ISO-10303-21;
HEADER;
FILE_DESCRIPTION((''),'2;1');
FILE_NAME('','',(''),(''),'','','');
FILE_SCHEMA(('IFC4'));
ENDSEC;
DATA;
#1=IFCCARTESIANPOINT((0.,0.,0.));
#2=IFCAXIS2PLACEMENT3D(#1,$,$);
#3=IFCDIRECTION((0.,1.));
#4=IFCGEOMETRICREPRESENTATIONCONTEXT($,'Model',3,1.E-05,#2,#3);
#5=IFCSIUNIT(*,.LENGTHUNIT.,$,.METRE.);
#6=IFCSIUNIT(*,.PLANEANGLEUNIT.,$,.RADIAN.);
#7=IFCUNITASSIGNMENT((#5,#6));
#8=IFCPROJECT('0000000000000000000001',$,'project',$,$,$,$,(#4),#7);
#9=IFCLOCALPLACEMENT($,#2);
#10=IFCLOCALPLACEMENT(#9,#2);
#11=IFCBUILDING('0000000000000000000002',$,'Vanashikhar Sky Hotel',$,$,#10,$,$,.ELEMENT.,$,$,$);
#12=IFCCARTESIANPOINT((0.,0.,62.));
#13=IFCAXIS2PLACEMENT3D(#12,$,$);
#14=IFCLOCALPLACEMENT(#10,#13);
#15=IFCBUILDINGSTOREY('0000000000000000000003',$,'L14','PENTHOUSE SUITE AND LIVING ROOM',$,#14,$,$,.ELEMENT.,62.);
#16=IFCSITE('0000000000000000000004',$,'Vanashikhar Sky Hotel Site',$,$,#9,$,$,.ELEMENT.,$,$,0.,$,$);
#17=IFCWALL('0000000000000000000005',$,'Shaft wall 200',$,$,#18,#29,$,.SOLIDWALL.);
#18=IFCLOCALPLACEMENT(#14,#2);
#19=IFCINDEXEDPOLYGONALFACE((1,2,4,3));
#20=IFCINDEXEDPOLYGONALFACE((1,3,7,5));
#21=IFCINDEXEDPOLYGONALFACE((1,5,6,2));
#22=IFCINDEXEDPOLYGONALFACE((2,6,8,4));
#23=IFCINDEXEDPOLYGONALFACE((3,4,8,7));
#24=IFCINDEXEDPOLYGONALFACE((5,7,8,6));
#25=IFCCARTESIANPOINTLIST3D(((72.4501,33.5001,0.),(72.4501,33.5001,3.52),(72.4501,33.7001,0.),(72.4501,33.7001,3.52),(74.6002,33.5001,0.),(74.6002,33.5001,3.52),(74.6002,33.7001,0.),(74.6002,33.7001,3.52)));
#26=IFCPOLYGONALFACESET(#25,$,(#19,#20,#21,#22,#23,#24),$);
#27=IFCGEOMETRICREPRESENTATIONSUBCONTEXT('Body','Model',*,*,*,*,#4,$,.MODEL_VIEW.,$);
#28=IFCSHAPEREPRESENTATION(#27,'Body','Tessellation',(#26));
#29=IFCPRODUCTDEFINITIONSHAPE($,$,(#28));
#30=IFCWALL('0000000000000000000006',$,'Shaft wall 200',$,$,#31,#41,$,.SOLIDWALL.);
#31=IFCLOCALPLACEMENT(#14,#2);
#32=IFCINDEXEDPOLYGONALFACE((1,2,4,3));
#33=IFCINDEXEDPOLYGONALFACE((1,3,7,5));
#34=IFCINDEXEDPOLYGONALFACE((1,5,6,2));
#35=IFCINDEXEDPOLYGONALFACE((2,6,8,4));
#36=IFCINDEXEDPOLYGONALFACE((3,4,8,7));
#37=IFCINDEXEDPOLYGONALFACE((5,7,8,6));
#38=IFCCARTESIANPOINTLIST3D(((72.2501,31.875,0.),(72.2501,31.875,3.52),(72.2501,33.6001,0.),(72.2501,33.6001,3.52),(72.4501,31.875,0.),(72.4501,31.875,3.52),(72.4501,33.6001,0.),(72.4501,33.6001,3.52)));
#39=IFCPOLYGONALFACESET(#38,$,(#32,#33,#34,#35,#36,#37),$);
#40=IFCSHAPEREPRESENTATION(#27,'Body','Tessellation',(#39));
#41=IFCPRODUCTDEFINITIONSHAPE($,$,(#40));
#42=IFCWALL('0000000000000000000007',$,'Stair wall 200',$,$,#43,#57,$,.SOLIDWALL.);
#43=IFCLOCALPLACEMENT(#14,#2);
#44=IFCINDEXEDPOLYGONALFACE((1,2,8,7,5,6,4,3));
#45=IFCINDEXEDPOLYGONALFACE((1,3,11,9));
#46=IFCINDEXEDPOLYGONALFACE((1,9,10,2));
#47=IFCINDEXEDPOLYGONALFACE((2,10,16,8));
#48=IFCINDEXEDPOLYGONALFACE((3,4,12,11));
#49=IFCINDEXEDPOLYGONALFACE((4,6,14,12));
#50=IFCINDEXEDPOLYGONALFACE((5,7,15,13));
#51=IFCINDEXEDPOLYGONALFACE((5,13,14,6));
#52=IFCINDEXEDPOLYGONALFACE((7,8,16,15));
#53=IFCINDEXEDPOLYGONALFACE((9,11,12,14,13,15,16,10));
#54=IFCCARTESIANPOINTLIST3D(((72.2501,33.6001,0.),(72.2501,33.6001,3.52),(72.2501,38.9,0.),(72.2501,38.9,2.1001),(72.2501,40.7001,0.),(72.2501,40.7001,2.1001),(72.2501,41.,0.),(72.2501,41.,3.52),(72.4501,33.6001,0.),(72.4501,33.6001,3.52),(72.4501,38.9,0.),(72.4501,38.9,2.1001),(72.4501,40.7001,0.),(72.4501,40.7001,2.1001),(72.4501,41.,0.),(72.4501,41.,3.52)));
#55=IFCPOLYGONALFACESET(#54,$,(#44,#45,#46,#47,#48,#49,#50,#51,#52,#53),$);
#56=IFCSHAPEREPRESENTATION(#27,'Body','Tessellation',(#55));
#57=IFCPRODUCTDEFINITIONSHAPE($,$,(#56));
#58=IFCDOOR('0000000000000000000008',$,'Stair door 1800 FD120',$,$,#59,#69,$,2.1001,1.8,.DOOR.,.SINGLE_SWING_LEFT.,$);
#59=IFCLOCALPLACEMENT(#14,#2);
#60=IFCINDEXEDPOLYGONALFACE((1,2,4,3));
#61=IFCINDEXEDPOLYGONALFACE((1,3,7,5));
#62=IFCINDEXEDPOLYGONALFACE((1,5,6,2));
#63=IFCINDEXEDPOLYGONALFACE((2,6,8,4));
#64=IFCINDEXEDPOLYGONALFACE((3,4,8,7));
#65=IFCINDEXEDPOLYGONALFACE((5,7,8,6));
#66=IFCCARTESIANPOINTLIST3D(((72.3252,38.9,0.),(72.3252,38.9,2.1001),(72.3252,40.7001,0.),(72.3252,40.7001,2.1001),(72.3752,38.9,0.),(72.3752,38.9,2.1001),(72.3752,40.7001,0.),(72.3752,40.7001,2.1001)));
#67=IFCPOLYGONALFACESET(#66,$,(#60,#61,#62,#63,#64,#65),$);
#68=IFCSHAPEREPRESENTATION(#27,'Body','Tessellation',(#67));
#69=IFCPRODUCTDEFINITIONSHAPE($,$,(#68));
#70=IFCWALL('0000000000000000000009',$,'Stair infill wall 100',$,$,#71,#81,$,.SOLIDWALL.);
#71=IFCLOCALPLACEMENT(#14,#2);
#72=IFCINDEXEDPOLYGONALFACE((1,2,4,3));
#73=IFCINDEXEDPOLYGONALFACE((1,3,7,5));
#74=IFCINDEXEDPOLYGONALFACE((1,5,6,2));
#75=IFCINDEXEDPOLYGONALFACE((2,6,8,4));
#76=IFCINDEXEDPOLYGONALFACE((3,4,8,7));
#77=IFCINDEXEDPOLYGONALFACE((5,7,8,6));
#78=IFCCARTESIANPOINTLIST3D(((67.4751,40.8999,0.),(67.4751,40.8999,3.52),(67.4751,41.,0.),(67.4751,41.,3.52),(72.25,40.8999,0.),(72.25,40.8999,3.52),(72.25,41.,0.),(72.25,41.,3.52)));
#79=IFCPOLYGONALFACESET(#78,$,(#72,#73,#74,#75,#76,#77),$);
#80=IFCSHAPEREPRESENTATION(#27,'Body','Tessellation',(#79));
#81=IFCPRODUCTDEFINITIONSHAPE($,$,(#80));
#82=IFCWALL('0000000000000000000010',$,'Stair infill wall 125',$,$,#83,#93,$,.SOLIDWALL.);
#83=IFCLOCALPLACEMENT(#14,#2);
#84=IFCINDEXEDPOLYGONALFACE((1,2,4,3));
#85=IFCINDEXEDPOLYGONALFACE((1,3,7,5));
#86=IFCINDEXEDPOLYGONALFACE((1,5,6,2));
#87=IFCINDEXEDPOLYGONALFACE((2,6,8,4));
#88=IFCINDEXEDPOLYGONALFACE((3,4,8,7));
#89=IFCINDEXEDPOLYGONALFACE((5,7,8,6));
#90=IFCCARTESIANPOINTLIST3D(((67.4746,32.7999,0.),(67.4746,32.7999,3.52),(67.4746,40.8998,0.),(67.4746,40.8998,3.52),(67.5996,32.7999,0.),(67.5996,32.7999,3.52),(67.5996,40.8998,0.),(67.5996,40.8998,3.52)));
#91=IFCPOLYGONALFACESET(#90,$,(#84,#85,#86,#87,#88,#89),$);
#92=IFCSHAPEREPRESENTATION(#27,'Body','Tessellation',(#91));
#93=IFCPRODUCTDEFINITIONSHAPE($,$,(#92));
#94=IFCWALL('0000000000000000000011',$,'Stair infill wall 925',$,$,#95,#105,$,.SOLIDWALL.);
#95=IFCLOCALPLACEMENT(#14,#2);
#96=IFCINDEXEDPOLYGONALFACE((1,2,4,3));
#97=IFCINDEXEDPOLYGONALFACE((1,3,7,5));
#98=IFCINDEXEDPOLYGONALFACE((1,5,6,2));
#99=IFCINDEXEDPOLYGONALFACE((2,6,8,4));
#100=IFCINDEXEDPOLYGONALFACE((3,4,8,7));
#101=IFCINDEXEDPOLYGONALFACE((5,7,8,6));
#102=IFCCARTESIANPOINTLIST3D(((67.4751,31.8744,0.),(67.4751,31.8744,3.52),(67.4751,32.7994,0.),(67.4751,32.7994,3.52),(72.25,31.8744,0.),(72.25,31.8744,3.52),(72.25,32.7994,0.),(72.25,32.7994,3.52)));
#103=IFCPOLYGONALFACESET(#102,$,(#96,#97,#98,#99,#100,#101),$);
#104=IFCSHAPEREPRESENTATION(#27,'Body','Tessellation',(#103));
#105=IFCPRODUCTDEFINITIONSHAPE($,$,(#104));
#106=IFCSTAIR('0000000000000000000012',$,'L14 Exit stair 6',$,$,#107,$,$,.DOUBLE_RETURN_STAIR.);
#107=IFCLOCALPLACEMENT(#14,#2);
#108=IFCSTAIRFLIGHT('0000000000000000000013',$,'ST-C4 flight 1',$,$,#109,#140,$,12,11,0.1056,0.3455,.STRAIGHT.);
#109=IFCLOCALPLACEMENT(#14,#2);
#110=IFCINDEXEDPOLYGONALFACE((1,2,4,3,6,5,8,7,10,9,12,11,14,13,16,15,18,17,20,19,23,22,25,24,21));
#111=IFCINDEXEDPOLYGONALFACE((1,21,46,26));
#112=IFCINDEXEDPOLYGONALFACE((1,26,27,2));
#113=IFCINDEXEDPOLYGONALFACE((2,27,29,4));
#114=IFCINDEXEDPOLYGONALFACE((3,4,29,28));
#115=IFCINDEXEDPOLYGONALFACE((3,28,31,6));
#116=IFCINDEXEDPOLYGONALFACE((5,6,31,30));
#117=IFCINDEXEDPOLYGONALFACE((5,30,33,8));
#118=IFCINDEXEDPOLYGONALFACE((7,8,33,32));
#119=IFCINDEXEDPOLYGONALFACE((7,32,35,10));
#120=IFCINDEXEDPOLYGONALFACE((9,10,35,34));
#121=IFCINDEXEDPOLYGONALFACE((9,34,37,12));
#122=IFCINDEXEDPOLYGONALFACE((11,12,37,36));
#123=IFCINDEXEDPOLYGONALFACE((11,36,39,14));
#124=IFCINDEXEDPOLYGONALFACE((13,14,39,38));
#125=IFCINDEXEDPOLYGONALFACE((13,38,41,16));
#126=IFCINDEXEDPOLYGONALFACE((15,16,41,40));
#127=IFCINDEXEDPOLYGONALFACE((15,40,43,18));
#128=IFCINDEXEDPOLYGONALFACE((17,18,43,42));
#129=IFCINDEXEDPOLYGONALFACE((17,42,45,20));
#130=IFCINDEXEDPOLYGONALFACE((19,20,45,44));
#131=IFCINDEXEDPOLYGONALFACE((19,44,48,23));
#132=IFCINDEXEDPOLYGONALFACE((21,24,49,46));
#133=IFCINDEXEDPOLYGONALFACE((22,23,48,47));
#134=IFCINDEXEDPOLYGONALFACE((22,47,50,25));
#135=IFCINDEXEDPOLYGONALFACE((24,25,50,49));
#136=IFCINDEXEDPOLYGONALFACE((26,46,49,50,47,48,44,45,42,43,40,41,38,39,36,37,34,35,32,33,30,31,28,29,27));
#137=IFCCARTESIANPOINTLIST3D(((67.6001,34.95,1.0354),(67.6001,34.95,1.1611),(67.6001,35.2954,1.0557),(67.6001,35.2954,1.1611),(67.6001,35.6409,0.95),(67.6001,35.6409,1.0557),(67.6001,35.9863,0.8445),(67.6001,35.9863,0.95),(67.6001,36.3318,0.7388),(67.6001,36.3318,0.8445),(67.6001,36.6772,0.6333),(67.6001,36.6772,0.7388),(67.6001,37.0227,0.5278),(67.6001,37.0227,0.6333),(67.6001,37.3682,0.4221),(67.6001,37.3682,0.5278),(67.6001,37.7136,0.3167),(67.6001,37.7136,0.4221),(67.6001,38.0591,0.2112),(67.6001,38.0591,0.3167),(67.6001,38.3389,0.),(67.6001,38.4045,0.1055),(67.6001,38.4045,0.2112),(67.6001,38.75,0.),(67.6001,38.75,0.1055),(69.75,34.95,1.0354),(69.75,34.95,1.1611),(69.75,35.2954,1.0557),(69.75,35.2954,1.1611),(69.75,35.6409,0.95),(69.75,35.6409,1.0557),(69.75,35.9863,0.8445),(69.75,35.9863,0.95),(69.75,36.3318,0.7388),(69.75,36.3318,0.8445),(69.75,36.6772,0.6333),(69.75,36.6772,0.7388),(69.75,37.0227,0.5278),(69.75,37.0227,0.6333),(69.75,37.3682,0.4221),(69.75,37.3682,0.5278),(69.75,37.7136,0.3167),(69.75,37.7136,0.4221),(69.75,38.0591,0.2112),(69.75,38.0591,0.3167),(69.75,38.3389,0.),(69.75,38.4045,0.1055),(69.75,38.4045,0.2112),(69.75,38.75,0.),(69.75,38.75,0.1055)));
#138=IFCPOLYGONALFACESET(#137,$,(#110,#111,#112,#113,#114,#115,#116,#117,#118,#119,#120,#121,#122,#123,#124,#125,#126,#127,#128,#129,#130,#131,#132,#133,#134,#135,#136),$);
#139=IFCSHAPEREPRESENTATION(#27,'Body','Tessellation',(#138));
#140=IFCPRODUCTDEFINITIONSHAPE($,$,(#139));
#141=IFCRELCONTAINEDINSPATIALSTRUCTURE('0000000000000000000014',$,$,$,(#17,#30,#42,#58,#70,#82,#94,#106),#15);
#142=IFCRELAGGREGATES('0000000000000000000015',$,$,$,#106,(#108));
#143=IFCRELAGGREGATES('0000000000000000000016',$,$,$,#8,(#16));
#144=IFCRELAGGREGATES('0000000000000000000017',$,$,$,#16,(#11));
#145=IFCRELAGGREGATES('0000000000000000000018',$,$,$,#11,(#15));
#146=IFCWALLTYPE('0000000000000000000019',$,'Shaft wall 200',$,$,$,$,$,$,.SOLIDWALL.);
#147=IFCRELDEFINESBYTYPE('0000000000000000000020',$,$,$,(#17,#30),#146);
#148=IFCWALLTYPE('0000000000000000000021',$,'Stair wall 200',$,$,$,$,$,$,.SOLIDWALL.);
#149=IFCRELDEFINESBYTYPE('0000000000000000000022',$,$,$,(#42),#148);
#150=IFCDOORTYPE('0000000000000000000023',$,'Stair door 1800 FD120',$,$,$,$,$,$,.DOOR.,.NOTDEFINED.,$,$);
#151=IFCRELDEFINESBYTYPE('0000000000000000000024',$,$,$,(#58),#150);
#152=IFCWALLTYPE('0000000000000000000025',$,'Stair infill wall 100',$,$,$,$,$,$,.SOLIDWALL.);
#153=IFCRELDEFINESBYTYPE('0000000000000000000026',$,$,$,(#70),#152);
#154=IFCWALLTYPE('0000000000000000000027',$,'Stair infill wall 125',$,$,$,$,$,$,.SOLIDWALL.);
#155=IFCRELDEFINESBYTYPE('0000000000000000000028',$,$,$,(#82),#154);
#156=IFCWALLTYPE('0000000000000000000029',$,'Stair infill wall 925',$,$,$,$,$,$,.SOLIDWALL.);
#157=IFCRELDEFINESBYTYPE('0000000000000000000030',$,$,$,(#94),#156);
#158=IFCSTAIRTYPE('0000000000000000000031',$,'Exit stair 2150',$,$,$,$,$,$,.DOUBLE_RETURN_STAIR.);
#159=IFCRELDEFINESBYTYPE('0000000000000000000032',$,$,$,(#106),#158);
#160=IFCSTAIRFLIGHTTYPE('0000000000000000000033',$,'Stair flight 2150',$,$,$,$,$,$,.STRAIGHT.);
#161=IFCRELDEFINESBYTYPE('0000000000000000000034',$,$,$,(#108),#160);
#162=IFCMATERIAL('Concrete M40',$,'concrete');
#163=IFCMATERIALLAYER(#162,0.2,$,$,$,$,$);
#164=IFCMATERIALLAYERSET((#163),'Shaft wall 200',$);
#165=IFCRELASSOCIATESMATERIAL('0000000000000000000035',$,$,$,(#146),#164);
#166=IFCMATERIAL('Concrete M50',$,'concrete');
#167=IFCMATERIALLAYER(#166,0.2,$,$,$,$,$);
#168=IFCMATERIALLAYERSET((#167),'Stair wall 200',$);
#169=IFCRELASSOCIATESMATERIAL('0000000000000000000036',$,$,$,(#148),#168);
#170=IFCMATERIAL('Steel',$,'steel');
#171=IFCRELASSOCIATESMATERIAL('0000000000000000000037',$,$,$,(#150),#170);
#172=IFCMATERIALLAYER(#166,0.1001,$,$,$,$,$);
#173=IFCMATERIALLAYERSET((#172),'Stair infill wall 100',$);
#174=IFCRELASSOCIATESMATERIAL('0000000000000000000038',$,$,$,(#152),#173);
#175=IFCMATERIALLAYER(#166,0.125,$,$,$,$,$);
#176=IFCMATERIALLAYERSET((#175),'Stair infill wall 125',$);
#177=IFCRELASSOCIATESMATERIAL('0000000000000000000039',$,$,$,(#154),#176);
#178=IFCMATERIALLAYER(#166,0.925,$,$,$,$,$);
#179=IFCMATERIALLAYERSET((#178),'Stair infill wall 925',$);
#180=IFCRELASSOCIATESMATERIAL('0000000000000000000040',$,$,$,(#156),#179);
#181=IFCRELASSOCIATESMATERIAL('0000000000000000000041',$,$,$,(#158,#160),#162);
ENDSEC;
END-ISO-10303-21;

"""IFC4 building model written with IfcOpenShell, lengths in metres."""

from ifc_helpers import new_model, si_unit, direction, frame, frame_2d, origin, place, context, subcontext, project, spatial, polyline, rectangle, outline, extrude, source, transform, mapped, material, layer, layer_set, type_object, element, fill, aggregate, save


model = new_model("IFC4")

# Units and contexts
model_context = context("Model", 3, precision=1e-05, world=origin(), true_north=direction((0.0, 1.0)))
body_context = subcontext(model_context, "Body", "Model", "MODEL_VIEW")
ifc_project = project(units=[si_unit("LENGTHUNIT", "METRE"), si_unit("PLANEANGLEUNIT", "RADIAN")], contexts=[model_context])

# Site, building, storey
site_placement = place(None, origin())
site = spatial("IfcSite", under=ifc_project, at=site_placement, Name="Vanashikhar Sky Hotel Site", CompositionType="ELEMENT", RefElevation=0.0)
building_placement = place(site_placement, origin())
building = spatial("IfcBuilding", under=site, at=building_placement, Name="Vanashikhar Sky Hotel", CompositionType="ELEMENT")
storey_placement = place(building_placement, frame((0.0, 0.0, 62.0)))
storey = spatial("IfcBuildingStorey", under=building, at=storey_placement, Name="L14", Description="PENTHOUSE SUITE AND LIVING ROOM", CompositionType="ELEMENT", Elevation=62.0)

# Walls
ifc_material_1 = material(Name="Concrete M40", Category="concrete")
ifc_layer_1 = layer(ifc_material_1, 0.2)
ifc_layer_set_1 = layer_set([ifc_layer_1], Name="Shaft wall 200")
wall_type_1 = type_object("IfcWallType", Name="Shaft wall 200", PredefinedType="SOLIDWALL", material=ifc_layer_set_1)
shared_shape_1 = source(origin(), body_context, "Body", "SweptSolid", [
    extrude(rectangle(XDim=2.1501, YDim=0.2, at=frame_2d((1.0752, 0.0))), origin(), (0.0, 0.0, 1.0), 3.52),
])
wall_1_placement = place(storey_placement, frame((72.45, 33.6001, 0.0), z_axis=(0.0, 0.0, 1.0), x_axis=(1.0, 0.0, 0.0)))
element("IfcWall", 1, at=wall_1_placement, inside=storey, type_object=wall_type_1, Name="Shaft wall 200", PredefinedType="SOLIDWALL", context=body_context, shape_type="MappedRepresentation", body=[
    mapped(shared_shape_1, transform((0.0, 0.0, 0.0), scale=1.0)),
])
shared_shape_2 = source(origin(), body_context, "Body", "SweptSolid", [
    extrude(rectangle(XDim=1.7251, YDim=0.2, at=frame_2d((0.8625, 0.0))), origin(), (0.0, 0.0, 1.0), 3.52),
])
wall_2_placement = place(storey_placement, frame((72.3501, 31.875, 0.0), z_axis=(0.0, 0.0, 1.0), x_axis=(0.0, 1.0, 0.0)))
element("IfcWall", 2, at=wall_2_placement, inside=storey, type_object=wall_type_1, Name="Shaft wall 200", PredefinedType="SOLIDWALL", context=body_context, shape_type="MappedRepresentation", body=[
    mapped(shared_shape_2, transform((0.0, 0.0, 0.0), scale=1.0)),
])

# Wall, opening, door
ifc_material_2 = material(Name="Concrete M50", Category="concrete")
ifc_layer_2 = layer(ifc_material_2, 0.2)
ifc_layer_set_2 = layer_set([ifc_layer_2], Name="Stair wall 200")
wall_type_2 = type_object("IfcWallType", Name="Stair wall 200", PredefinedType="SOLIDWALL", material=ifc_layer_set_2)
shared_shape_3 = source(origin(), body_context, "Body", "SweptSolid", [
    extrude(rectangle(XDim=7.3999, YDim=0.2, at=frame_2d((3.7, 0.0))), origin(), (0.0, 0.0, 1.0), 3.52),
])
wall_3_placement = place(storey_placement, frame((72.3501, 33.6001, 0.0), z_axis=(0.0, 0.0, 1.0), x_axis=(0.0, 1.0, 0.0)))
wall_3 = element("IfcWall", 3, at=wall_3_placement, inside=storey, type_object=wall_type_2, Name="Stair wall 200", PredefinedType="SOLIDWALL", context=body_context, shape_type="MappedRepresentation", body=[
    mapped(shared_shape_3, transform((0.0, 0.0, 0.0), scale=1.0)),
])
shared_shape_4 = source(origin(), body_context, "Body", "SweptSolid", [
    extrude(rectangle(XDim=1.8, YDim=2.1001, at=frame_2d((0.8999, 1.05))), frame((0.0, 0.1099, 0.0), z_axis=(0.0, -1.0, 0.0), x_axis=(1.0, 0.0, 0.0)), (0.0, 0.0, 1.0), 0.22),
])
opening_placement = place(wall_3_placement, frame((5.3, 0.0, 0.0)))
opening = element("IfcOpeningElement", 4, at=opening_placement, cuts=wall_3, PredefinedType="OPENING", context=body_context, shape_type="MappedRepresentation", body=[
    mapped(shared_shape_4, transform((0.0, 0.0, 0.0), scale=1.0)),
])
ifc_material_3 = material(Name="Steel", Category="steel")
door_type = type_object("IfcDoorType", Name="Stair door 1800 FD120", OperationType="NOTDEFINED", PredefinedType="DOOR", material=ifc_material_3)
shared_shape_5 = source(origin(), body_context, "Body", "SweptSolid", [
    extrude(rectangle(XDim=1.8, YDim=2.1001, at=frame_2d((0.8999, 1.05))), frame((0.0, 0.0249, 0.0), z_axis=(0.0, -1.0, 0.0), x_axis=(1.0, 0.0, 0.0)), (0.0, 0.0, 1.0), 0.05),
])
door_placement = place(opening_placement, origin())
door = element("IfcDoor", 5, at=door_placement, inside=storey, type_object=door_type, Name="Stair door 1800 FD120", OperationType="SINGLE_SWING_LEFT", OverallHeight=2.1001, OverallWidth=1.8, PredefinedType="DOOR", context=body_context, shape_type="MappedRepresentation", body=[
    mapped(shared_shape_5, transform((0.0, 0.0, 0.0), scale=1.0)),
])
fill(opening, door)

# Walls
ifc_layer_3 = layer(ifc_material_2, 0.1001)
ifc_layer_set_3 = layer_set([ifc_layer_3], Name="Stair infill wall 100")
wall_type_3 = type_object("IfcWallType", Name="Stair infill wall 100", PredefinedType="SOLIDWALL", material=ifc_layer_set_3)
shared_shape_6 = source(origin(), body_context, "Body", "SweptSolid", [
    extrude(rectangle(XDim=4.7749, YDim=0.1001, at=frame_2d((2.3875, 0.0))), origin(), (0.0, 0.0, 1.0), 3.52),
])
wall_4_placement = place(storey_placement, frame((67.4751, 40.95, 0.0), z_axis=(0.0, 0.0, 1.0), x_axis=(1.0, 0.0, 0.0)))
element("IfcWall", 6, at=wall_4_placement, inside=storey, type_object=wall_type_3, Name="Stair infill wall 100", PredefinedType="SOLIDWALL", context=body_context, shape_type="MappedRepresentation", body=[
    mapped(shared_shape_6, transform((0.0, 0.0, 0.0), scale=1.0)),
])
ifc_layer_4 = layer(ifc_material_2, 0.125)
ifc_layer_set_4 = layer_set([ifc_layer_4], Name="Stair infill wall 125")
wall_type_4 = type_object("IfcWallType", Name="Stair infill wall 125", PredefinedType="SOLIDWALL", material=ifc_layer_set_4)
shared_shape_7 = source(origin(), body_context, "Body", "SweptSolid", [
    extrude(rectangle(XDim=8.0999, YDim=0.125, at=frame_2d((4.0498, 0.0))), origin(), (0.0, 0.0, 1.0), 3.52),
])
wall_5_placement = place(storey_placement, frame((67.5371, 32.8, 0.0), z_axis=(0.0, 0.0, 1.0), x_axis=(0.0, 1.0, 0.0)))
element("IfcWall", 7, at=wall_5_placement, inside=storey, type_object=wall_type_4, Name="Stair infill wall 125", PredefinedType="SOLIDWALL", context=body_context, shape_type="MappedRepresentation", body=[
    mapped(shared_shape_7, transform((0.0, 0.0, 0.0), scale=1.0)),
])
ifc_layer_5 = layer(ifc_material_2, 0.925)
ifc_layer_set_5 = layer_set([ifc_layer_5], Name="Stair infill wall 925")
wall_type_5 = type_object("IfcWallType", Name="Stair infill wall 925", PredefinedType="SOLIDWALL", material=ifc_layer_set_5)
shared_shape_8 = source(origin(), body_context, "Body", "SweptSolid", [
    extrude(rectangle(XDim=4.7749, YDim=0.925, at=frame_2d((2.3875, 0.0))), origin(), (0.0, 0.0, 1.0), 3.52),
])
wall_6_placement = place(storey_placement, frame((67.4751, 32.3369, 0.0), z_axis=(0.0, 0.0, 1.0), x_axis=(1.0, 0.0, 0.0)))
element("IfcWall", 8, at=wall_6_placement, inside=storey, type_object=wall_type_5, Name="Stair infill wall 925", PredefinedType="SOLIDWALL", context=body_context, shape_type="MappedRepresentation", body=[
    mapped(shared_shape_8, transform((0.0, 0.0, 0.0), scale=1.0)),
])

# Stair, stair flight
stair_type = type_object("IfcStairType", Name="Exit stair 2150", PredefinedType="DOUBLE_RETURN_STAIR", material=ifc_material_1)
stair_placement = place(storey_placement, origin())
stair = element("IfcStair", 9, at=stair_placement, inside=storey, type_object=stair_type, Name="L14 Exit stair 6", PredefinedType="DOUBLE_RETURN_STAIR")
stair_flight_type = type_object("IfcStairFlightType", Name="Stair flight 2150", PredefinedType="STRAIGHT", material=ifc_material_1)
shared_shape_9 = source(origin(), body_context, "Body", "SweptSolid", [
    extrude(outline(polyline([(0.0, 0.0), (0.0, 0.1055), (0.3455, 0.1055), (0.3455, 0.2112), (0.6909, 0.2112), (0.6909, 0.3167), (1.0364, 0.3167), (1.0364, 0.4221), (1.3818, 0.4221), (1.3818, 0.5278), (1.7273, 0.5278), (1.7273, 0.6333), (2.0728, 0.6333), (2.0728, 0.7388), (2.4182, 0.7388), (2.4182, 0.8445), (2.7637, 0.8445), (2.7637, 0.95), (3.1091, 0.95), (3.1091, 1.0557), (3.4546, 1.0557), (3.4546, 1.1611), (3.8, 1.1611), (3.8, 1.2666), (3.8, 1.0354), (0.4111, 0.0), (0.0, 0.0)])), frame((0.0, 1.075, 0.0), z_axis=(0.0, -1.0, 0.0), x_axis=(1.0, 0.0, 0.0)), (0.0, 0.0, 1.0), 2.1499),
])
stair_flight_1_placement = place(storey_placement, frame((68.675, 38.75, 0.0), z_axis=(0.0, 0.0, 1.0), x_axis=(0.0, -1.0, 0.0)))
stair_flight_1 = element("IfcStairFlight", 10, at=stair_flight_1_placement, type_object=stair_flight_type, Name="ST-C4 flight 1", NumberOfRisers=12, NumberOfTreads=11, PredefinedType="STRAIGHT", RiserHeight=0.1056, TreadLength=0.3455, context=body_context, shape_type="MappedRepresentation", body=[
    mapped(shared_shape_9, transform((0.0, 0.0, 0.0), scale=1.0)),
])
aggregate(stair, [stair_flight_1])

save(model, "model.ifc")
